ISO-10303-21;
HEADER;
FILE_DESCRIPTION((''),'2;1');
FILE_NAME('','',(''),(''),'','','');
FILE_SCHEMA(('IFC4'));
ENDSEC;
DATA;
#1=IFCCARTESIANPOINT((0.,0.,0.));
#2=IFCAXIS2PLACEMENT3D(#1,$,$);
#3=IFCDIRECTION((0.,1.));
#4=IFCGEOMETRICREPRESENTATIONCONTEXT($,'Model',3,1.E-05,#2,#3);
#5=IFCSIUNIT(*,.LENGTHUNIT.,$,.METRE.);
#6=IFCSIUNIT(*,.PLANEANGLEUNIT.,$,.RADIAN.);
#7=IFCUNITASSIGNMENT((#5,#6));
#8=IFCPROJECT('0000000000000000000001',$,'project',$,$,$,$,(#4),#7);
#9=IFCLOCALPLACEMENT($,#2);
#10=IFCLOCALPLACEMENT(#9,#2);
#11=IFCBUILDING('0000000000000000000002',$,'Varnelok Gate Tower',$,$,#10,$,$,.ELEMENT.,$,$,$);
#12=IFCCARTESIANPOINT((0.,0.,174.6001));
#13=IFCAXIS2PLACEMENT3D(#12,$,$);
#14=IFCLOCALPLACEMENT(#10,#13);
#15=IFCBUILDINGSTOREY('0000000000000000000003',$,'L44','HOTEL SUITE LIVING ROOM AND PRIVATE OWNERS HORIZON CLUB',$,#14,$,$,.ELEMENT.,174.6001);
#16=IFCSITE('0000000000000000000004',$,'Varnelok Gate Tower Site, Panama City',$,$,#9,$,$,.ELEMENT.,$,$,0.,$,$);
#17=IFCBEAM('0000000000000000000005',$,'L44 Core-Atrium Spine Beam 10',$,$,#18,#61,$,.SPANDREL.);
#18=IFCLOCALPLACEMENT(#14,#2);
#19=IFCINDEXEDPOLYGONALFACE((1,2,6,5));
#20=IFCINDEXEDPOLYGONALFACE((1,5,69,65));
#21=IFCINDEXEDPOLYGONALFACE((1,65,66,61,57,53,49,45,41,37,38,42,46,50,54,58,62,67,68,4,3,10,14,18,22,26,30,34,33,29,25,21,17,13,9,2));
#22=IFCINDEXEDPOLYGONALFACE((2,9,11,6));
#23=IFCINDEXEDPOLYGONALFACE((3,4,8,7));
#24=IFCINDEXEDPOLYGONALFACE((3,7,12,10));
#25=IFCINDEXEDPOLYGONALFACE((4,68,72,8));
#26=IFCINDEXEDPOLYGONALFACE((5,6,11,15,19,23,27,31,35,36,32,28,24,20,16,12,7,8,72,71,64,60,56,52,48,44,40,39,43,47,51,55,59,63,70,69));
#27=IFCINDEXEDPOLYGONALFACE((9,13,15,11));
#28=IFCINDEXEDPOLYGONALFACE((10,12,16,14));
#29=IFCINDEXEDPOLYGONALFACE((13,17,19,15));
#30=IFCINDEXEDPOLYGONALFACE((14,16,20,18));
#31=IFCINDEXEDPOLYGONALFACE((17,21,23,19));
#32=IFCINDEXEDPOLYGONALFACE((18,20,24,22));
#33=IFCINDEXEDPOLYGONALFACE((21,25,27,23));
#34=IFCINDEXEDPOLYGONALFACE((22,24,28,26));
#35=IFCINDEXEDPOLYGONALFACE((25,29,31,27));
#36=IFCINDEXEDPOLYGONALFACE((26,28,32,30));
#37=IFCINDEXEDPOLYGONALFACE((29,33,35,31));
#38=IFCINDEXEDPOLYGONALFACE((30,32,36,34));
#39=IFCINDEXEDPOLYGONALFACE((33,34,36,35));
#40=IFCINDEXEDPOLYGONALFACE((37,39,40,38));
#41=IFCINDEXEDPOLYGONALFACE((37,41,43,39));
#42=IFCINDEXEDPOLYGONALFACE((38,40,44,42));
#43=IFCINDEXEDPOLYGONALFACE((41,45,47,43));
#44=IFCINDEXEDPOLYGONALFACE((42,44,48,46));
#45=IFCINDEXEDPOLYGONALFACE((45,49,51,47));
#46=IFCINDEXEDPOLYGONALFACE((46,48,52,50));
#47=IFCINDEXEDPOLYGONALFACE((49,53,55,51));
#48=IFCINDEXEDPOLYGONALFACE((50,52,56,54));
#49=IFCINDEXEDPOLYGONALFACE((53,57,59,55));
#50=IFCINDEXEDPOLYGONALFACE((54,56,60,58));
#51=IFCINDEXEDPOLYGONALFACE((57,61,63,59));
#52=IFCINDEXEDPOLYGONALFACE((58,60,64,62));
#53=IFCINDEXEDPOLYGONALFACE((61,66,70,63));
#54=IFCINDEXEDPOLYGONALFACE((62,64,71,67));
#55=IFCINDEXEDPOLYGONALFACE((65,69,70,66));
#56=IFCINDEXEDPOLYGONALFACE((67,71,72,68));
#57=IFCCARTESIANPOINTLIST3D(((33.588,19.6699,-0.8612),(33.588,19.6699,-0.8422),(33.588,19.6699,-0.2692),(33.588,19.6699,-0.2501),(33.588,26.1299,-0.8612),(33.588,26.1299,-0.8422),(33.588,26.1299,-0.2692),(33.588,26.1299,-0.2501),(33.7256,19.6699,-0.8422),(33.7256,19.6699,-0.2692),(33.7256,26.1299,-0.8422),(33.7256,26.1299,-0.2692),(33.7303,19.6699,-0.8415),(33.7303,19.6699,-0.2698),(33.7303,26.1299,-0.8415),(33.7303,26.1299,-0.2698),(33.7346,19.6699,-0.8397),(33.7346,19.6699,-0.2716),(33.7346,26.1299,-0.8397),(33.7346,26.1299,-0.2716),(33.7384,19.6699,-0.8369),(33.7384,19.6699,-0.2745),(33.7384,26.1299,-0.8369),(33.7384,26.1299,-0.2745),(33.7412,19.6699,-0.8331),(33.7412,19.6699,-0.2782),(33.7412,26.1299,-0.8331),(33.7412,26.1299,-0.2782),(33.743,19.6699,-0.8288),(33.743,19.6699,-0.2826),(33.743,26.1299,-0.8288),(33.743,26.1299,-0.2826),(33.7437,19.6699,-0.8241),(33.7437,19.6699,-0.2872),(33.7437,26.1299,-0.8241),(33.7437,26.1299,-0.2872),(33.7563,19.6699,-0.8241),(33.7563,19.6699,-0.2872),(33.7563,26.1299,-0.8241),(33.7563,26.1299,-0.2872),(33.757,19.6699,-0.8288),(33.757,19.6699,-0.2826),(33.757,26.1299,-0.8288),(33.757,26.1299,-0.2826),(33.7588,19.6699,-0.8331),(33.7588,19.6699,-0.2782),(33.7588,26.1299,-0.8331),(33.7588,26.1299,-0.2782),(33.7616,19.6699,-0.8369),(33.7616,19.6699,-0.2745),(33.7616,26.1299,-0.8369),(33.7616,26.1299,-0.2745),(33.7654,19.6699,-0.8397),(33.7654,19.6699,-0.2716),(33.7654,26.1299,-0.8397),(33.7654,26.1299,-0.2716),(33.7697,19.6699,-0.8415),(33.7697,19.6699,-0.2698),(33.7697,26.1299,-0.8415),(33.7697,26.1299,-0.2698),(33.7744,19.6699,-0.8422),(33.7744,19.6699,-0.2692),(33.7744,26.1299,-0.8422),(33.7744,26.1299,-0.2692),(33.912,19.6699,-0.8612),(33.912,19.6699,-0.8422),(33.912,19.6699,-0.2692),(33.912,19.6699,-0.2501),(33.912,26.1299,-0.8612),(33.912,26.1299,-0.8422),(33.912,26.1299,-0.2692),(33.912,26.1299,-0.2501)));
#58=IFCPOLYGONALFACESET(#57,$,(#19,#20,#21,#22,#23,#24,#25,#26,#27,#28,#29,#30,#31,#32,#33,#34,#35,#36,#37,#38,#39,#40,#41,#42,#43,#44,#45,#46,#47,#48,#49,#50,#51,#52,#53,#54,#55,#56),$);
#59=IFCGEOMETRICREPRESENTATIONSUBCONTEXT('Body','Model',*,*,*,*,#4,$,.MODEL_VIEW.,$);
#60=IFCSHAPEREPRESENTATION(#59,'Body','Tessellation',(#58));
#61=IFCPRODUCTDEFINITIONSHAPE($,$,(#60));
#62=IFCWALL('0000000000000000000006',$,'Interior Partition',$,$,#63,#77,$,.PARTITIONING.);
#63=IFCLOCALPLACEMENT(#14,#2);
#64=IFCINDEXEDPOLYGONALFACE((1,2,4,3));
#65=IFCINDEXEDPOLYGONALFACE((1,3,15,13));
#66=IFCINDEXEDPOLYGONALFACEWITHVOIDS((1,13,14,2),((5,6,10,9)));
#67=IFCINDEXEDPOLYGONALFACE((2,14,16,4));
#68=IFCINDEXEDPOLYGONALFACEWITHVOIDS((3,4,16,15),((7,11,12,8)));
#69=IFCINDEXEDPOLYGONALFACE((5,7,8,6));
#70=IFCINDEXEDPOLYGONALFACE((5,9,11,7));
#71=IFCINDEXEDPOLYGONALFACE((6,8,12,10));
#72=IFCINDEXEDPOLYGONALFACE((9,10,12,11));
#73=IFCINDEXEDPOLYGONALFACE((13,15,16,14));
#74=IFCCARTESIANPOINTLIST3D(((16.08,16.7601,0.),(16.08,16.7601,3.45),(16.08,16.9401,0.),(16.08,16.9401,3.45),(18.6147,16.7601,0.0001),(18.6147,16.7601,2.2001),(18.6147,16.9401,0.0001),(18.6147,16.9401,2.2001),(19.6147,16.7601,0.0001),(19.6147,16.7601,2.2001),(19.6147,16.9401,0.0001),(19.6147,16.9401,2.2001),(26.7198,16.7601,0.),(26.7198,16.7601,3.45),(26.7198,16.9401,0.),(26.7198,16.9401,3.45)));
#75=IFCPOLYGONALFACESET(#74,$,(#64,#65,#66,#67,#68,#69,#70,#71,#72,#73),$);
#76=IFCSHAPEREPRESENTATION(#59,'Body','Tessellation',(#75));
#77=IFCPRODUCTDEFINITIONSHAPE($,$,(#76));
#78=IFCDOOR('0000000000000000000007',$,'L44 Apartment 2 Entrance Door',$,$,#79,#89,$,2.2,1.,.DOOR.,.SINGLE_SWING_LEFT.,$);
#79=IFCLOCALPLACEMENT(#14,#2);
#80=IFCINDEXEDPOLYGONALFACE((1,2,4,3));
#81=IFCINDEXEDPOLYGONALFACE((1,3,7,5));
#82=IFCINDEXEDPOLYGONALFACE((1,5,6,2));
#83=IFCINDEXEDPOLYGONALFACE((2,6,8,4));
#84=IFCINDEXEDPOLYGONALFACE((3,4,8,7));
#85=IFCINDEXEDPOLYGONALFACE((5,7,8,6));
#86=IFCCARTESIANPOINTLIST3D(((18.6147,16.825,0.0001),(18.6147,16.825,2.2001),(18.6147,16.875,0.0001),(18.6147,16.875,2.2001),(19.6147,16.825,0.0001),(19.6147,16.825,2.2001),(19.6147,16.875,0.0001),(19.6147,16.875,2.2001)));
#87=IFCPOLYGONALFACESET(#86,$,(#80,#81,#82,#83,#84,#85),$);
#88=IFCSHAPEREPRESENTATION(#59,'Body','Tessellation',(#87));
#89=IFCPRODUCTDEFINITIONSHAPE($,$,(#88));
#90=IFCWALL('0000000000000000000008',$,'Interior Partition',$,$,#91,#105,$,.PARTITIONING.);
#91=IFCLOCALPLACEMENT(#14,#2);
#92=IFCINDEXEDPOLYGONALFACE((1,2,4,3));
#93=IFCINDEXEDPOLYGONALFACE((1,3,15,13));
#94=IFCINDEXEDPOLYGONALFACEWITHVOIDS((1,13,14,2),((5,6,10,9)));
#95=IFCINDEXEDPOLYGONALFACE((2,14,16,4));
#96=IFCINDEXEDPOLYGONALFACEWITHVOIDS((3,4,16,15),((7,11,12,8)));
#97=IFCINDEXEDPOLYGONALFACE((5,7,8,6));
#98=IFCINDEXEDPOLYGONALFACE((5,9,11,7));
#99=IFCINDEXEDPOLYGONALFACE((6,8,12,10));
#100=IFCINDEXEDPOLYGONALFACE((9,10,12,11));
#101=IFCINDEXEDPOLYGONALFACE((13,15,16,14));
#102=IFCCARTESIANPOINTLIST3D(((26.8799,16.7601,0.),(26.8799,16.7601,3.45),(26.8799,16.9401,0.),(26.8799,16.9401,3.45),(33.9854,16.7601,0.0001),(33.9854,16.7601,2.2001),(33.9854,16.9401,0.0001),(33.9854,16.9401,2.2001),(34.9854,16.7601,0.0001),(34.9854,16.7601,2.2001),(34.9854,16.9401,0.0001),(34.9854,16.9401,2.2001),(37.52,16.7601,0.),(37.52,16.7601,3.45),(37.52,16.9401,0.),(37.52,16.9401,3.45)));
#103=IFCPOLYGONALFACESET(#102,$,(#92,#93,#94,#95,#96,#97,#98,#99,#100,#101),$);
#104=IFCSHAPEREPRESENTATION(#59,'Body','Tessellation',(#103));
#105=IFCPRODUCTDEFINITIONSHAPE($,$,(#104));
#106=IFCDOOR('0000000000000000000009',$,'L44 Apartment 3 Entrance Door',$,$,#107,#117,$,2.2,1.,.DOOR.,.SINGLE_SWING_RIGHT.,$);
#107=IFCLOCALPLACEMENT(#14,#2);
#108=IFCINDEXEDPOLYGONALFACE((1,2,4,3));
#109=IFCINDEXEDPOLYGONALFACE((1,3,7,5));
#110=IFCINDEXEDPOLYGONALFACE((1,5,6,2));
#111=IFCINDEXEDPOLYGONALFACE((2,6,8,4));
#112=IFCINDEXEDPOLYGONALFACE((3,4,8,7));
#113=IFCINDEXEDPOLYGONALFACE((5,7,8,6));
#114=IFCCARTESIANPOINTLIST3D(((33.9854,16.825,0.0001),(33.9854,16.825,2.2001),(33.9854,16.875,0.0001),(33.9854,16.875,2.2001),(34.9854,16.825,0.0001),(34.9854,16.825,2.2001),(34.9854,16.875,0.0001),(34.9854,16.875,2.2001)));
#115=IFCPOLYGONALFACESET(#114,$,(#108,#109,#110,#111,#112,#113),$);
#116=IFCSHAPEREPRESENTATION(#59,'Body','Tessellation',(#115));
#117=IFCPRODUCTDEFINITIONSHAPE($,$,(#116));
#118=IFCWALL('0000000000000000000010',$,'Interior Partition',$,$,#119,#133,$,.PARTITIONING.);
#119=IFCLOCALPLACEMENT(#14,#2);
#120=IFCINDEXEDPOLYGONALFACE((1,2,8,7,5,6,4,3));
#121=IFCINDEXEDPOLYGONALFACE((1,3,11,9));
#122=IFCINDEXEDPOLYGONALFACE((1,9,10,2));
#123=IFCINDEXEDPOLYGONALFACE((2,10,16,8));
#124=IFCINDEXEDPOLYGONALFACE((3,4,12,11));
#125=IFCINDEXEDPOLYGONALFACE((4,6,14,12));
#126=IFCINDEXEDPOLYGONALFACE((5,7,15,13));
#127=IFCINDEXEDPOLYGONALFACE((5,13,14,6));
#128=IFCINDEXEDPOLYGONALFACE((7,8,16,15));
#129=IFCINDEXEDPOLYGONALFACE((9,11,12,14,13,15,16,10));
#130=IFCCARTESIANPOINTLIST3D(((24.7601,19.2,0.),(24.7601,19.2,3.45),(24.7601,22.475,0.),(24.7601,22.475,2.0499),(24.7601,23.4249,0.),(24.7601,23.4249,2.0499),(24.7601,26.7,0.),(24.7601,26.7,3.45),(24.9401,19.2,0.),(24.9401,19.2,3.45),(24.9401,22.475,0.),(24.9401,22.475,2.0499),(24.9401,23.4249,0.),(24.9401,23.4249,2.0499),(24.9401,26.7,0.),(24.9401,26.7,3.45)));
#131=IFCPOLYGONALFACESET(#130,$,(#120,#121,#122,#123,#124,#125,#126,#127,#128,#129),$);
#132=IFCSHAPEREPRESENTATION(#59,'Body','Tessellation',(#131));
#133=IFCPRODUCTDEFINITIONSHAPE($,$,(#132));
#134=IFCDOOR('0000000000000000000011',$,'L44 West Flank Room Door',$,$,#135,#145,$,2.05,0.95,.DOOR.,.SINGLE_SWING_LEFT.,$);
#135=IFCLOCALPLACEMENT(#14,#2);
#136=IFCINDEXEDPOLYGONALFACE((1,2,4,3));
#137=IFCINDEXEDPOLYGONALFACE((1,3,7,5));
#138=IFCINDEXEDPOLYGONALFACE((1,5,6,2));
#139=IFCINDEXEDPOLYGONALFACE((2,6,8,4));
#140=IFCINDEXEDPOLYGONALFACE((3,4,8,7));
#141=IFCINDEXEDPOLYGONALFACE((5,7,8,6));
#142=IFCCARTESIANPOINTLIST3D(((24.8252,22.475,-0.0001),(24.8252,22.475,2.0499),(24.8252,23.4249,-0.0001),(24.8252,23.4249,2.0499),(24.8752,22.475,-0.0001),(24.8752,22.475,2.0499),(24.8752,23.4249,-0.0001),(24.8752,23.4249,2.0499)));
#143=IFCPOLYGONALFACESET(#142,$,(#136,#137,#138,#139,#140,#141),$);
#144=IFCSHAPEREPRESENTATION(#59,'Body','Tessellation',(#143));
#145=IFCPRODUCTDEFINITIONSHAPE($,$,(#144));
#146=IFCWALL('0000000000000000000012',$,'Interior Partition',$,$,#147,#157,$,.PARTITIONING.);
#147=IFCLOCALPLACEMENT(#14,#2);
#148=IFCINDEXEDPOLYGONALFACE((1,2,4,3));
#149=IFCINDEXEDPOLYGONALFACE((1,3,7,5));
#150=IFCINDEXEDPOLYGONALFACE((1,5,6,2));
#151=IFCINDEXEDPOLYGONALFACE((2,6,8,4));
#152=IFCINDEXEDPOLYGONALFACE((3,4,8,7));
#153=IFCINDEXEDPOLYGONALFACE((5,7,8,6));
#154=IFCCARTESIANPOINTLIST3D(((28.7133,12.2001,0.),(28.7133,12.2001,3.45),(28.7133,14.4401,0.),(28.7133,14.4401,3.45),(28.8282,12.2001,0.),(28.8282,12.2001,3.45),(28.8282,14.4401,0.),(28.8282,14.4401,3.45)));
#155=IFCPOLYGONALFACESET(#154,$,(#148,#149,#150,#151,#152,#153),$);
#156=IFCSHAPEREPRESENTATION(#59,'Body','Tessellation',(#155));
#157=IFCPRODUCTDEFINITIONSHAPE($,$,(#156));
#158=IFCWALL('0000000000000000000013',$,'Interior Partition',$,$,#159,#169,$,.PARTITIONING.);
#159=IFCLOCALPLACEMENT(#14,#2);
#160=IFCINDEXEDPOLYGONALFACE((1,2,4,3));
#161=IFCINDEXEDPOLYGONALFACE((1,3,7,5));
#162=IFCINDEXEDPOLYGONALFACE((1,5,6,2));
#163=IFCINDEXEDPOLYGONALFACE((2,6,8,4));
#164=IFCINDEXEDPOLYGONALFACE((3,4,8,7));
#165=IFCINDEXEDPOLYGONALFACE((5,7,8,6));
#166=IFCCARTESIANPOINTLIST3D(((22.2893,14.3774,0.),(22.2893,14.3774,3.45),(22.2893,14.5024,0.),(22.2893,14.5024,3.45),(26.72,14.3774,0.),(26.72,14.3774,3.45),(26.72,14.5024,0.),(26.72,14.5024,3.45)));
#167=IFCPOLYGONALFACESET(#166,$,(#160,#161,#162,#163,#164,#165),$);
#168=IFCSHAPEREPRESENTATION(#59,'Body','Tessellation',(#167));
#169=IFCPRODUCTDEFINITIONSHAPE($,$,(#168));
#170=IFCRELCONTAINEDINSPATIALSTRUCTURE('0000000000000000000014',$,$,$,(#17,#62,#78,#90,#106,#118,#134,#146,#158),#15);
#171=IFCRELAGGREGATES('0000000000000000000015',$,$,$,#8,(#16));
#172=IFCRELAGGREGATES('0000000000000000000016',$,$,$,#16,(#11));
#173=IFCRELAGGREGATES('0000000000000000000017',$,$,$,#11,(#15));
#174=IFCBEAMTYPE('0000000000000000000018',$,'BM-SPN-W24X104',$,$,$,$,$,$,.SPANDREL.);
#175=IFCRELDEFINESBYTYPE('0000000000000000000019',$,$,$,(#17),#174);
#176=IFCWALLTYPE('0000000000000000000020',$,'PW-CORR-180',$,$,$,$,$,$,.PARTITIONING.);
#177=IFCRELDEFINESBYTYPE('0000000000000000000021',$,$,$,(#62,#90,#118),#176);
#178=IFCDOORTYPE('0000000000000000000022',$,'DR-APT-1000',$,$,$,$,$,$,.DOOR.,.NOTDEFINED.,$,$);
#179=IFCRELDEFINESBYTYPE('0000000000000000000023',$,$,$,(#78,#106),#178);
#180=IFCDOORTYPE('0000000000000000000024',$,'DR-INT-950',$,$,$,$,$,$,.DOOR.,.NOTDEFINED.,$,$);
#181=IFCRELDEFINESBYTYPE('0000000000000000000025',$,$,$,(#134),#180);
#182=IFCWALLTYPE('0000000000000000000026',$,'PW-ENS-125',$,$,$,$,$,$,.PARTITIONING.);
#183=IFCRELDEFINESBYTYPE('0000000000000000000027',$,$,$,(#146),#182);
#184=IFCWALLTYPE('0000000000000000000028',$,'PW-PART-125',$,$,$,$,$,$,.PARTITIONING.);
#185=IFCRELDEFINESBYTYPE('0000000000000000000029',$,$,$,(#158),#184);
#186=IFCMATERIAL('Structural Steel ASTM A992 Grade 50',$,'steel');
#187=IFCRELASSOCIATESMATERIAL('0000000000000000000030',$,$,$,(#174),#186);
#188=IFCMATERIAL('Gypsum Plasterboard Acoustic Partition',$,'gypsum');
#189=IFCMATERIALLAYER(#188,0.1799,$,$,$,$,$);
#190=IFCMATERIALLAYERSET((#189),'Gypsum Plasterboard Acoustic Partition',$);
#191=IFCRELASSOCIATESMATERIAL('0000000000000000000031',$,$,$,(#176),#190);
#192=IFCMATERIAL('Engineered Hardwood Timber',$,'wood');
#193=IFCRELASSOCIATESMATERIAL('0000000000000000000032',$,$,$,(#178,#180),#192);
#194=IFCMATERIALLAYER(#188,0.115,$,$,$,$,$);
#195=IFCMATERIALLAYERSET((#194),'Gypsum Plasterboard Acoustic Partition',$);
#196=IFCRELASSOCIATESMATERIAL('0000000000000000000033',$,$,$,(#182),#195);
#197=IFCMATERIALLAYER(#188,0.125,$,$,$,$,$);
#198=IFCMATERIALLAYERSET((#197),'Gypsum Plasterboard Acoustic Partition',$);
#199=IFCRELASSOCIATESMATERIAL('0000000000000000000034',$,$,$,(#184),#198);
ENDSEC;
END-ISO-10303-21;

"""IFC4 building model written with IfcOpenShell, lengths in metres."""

from ifc_helpers import new_model, si_unit, direction, frame, frame_2d, origin, origin_2d, place, context, subcontext, project, spatial, rectangle, i_section, extrude, material, layer, layer_set, material_profile, profile_set, type_object, element, fill, save


model = new_model("IFC4")

# Units and contexts
model_context = context("Model", 3, precision=1e-05, world=origin(), true_north=direction((0.0, 1.0)))
body_context = subcontext(model_context, "Body", "Model", "MODEL_VIEW")
ifc_project = project(units=[si_unit("LENGTHUNIT", "METRE"), si_unit("PLANEANGLEUNIT", "RADIAN")], contexts=[model_context])

# Site, building, storey
site_placement = place(None, origin())
site = spatial("IfcSite", under=ifc_project, at=site_placement, Name="Varnelok Gate Tower Site, Panama City", CompositionType="ELEMENT", RefElevation=0.0)
building_placement = place(site_placement, origin())
building = spatial("IfcBuilding", under=site, at=building_placement, Name="Varnelok Gate Tower", CompositionType="ELEMENT")
storey_placement = place(building_placement, frame((0.0, 0.0, 174.6001)))
storey = spatial("IfcBuildingStorey", under=building, at=storey_placement, Name="L44", Description="HOTEL SUITE LIVING ROOM AND PRIVATE OWNERS HORIZON CLUB", CompositionType="ELEMENT", Elevation=174.6001)

# Shared definitions
ifc_material_1 = material(Name="Structural Steel ASTM A992 Grade 50", Category="steel")

# Beam
ifc_material_profile_1 = material_profile(ifc_material_1, i_section(OverallWidth=0.324, OverallDepth=0.6111, WebThickness=0.0127, FlangeThickness=0.019, FilletRadius=0.0181, at=origin_2d()), Name="W24X104")
ifc_profile_set_1 = profile_set([ifc_material_profile_1], Name="Structural Steel ASTM A992 Grade 50")
beam_type_1 = type_object("IfcBeamType", Name="BM-SPN-W24X104", PredefinedType="SPANDREL", material=ifc_profile_set_1)
beam_1_placement = place(storey_placement, frame((33.75, 19.6699, -0.5557), z_axis=(0.0, 1.0, 0.0), x_axis=(-1.0, 0.0, 0.0)))
element("IfcBeam", 1, at=beam_1_placement, inside=storey, type_object=beam_type_1, Name="L44 Core-Atrium Spine Beam 10", PredefinedType="SPANDREL", context=body_context, shape_type="SweptSolid", body=[
    extrude(i_section(OverallWidth=0.324, OverallDepth=0.6111, WebThickness=0.0127, FlangeThickness=0.019, FilletRadius=0.0181, at=origin_2d()), origin(), (0.0, 0.0, 1.0), 6.46),
])

# Walls, openings, doors
ifc_material_2 = material(Name="Gypsum Plasterboard Acoustic Partition", Category="gypsum")
ifc_layer_1 = layer(ifc_material_2, 0.1799)
ifc_layer_set_1 = layer_set([ifc_layer_1], Name="Gypsum Plasterboard Acoustic Partition")
wall_type_1 = type_object("IfcWallType", Name="PW-CORR-180", PredefinedType="PARTITIONING", material=ifc_layer_set_1)
wall_1_placement = place(storey_placement, frame((16.0801, 16.8501, 0.0), z_axis=(0.0, 0.0, 1.0), x_axis=(1.0, 0.0, 0.0)))
wall_1 = element("IfcWall", 2, at=wall_1_placement, inside=storey, type_object=wall_type_1, Name="Interior Partition", PredefinedType="PARTITIONING", context=body_context, shape_type="SweptSolid", body=[
    extrude(rectangle(XDim=10.6399, YDim=0.1799, at=frame_2d((5.3198, 0.0))), origin(), (0.0, 0.0, 1.0), 3.45),
])
opening_1_placement = place(wall_1_placement, frame((2.5347, 0.0, 0.0)))
opening_1 = element("IfcOpeningElement", 3, at=opening_1_placement, cuts=wall_1, PredefinedType="OPENING", context=body_context, shape_type="SweptSolid", body=[
    extrude(rectangle(XDim=1.0, YDim=2.2, at=frame_2d((0.5, 1.1001))), frame((0.0, 0.0999, 0.0), z_axis=(0.0, -1.0, 0.0), x_axis=(1.0, 0.0, 0.0)), (0.0, 0.0, 1.0), 0.2),
])
ifc_material_3 = material(Name="Engineered Hardwood Timber", Category="wood")
door_type_1 = type_object("IfcDoorType", Name="DR-APT-1000", OperationType="NOTDEFINED", PredefinedType="DOOR", material=ifc_material_3)
door_1_placement = place(opening_1_placement, origin())
door_1 = element("IfcDoor", 4, at=door_1_placement, inside=storey, type_object=door_type_1, Name="L44 Apartment 2 Entrance Door", OperationType="SINGLE_SWING_LEFT", OverallHeight=2.2, OverallWidth=1.0, PredefinedType="DOOR", context=body_context, shape_type="SweptSolid", body=[
    extrude(rectangle(XDim=1.0, YDim=2.2, at=frame_2d((0.5, 1.1001))), frame((0.0, 0.0249, 0.0), z_axis=(0.0, -1.0, 0.0), x_axis=(1.0, 0.0, 0.0)), (0.0, 0.0, 1.0), 0.05),
])
fill(opening_1, door_1)
wall_2_placement = place(storey_placement, frame((26.8799, 16.8501, 0.0), z_axis=(0.0, 0.0, 1.0), x_axis=(1.0, 0.0, 0.0)))
wall_2 = element("IfcWall", 5, at=wall_2_placement, inside=storey, type_object=wall_type_1, Name="Interior Partition", PredefinedType="PARTITIONING", context=body_context, shape_type="SweptSolid", body=[
    extrude(rectangle(XDim=10.6401, YDim=0.1799, at=frame_2d((5.3201, 0.0))), origin(), (0.0, 0.0, 1.0), 3.45),
])
opening_2_placement = place(wall_2_placement, frame((7.1055, 0.0, 0.0)))
opening_2 = element("IfcOpeningElement", 6, at=opening_2_placement, cuts=wall_2, PredefinedType="OPENING", context=body_context, shape_type="SweptSolid", body=[
    extrude(rectangle(XDim=1.0, YDim=2.2, at=frame_2d((0.5, 1.1001))), frame((0.0, 0.0999, 0.0), z_axis=(0.0, -1.0, 0.0), x_axis=(1.0, 0.0, 0.0)), (0.0, 0.0, 1.0), 0.2),
])
door_2_placement = place(opening_2_placement, origin())
door_2 = element("IfcDoor", 7, at=door_2_placement, inside=storey, type_object=door_type_1, Name="L44 Apartment 3 Entrance Door", OperationType="SINGLE_SWING_RIGHT", OverallHeight=2.2, OverallWidth=1.0, PredefinedType="DOOR", context=body_context, shape_type="SweptSolid", body=[
    extrude(rectangle(XDim=1.0, YDim=2.2, at=frame_2d((0.5, 1.1001))), frame((0.0, 0.0249, 0.0), z_axis=(0.0, -1.0, 0.0), x_axis=(1.0, 0.0, 0.0)), (0.0, 0.0, 1.0), 0.05),
])
fill(opening_2, door_2)
wall_3_placement = place(storey_placement, frame((24.8501, 19.2, 0.0), z_axis=(0.0, 0.0, 1.0), x_axis=(0.0, 1.0, 0.0)))
wall_3 = element("IfcWall", 8, at=wall_3_placement, inside=storey, type_object=wall_type_1, Name="Interior Partition", PredefinedType="PARTITIONING", context=body_context, shape_type="SweptSolid", body=[
    extrude(rectangle(XDim=7.5, YDim=0.1799, at=frame_2d((3.75, 0.0))), origin(), (0.0, 0.0, 1.0), 3.45),
])
opening_3_placement = place(wall_3_placement, frame((3.2749, 0.0, 0.0)))
opening_3 = element("IfcOpeningElement", 9, at=opening_3_placement, cuts=wall_3, PredefinedType="OPENING", context=body_context, shape_type="SweptSolid", body=[
    extrude(rectangle(XDim=0.95, YDim=2.05, at=frame_2d((0.4751, 1.0249))), frame((0.0, 0.0999, 0.0), z_axis=(0.0, -1.0, 0.0), x_axis=(1.0, 0.0, 0.0)), (0.0, 0.0, 1.0), 0.2),
])
door_type_2 = type_object("IfcDoorType", Name="DR-INT-950", OperationType="NOTDEFINED", PredefinedType="DOOR", material=ifc_material_3)
door_3_placement = place(opening_3_placement, origin())
door_3 = element("IfcDoor", 10, at=door_3_placement, inside=storey, type_object=door_type_2, Name="L44 West Flank Room Door", OperationType="SINGLE_SWING_LEFT", OverallHeight=2.05, OverallWidth=0.95, PredefinedType="DOOR", context=body_context, shape_type="SweptSolid", body=[
    extrude(rectangle(XDim=0.95, YDim=2.05, at=frame_2d((0.4751, 1.0249))), frame((0.0, 0.0249, 0.0), z_axis=(0.0, -1.0, 0.0), x_axis=(1.0, 0.0, 0.0)), (0.0, 0.0, 1.0), 0.05),
])
fill(opening_3, door_3)

# Walls
ifc_layer_2 = layer(ifc_material_2, 0.115)
ifc_layer_set_2 = layer_set([ifc_layer_2], Name="Gypsum Plasterboard Acoustic Partition")
wall_type_2 = type_object("IfcWallType", Name="PW-ENS-125", PredefinedType="PARTITIONING", material=ifc_layer_set_2)
wall_4_placement = place(storey_placement, frame((28.7708, 12.2, 0.0), z_axis=(0.0, 0.0, 1.0), x_axis=(0.0, 1.0, 0.0)))
element("IfcWall", 11, at=wall_4_placement, inside=storey, type_object=wall_type_2, Name="Interior Partition", PredefinedType="PARTITIONING", context=body_context, shape_type="SweptSolid", body=[
    extrude(rectangle(XDim=2.24, YDim=0.115, at=frame_2d((1.1201, 0.0))), origin(), (0.0, 0.0, 1.0), 3.45),
])
ifc_layer_3 = layer(ifc_material_2, 0.125)
ifc_layer_set_3 = layer_set([ifc_layer_3], Name="Gypsum Plasterboard Acoustic Partition")
wall_type_3 = type_object("IfcWallType", Name="PW-PART-125", PredefinedType="PARTITIONING", material=ifc_layer_set_3)
wall_5_placement = place(storey_placement, frame((22.2893, 14.4399, 0.0), z_axis=(0.0, 0.0, 1.0), x_axis=(1.0, 0.0, 0.0)))
element("IfcWall", 12, at=wall_5_placement, inside=storey, type_object=wall_type_3, Name="Interior Partition", PredefinedType="PARTITIONING", context=body_context, shape_type="SweptSolid", body=[
    extrude(rectangle(XDim=4.4307, YDim=0.125, at=frame_2d((2.2153, 0.0))), origin(), (0.0, 0.0, 1.0), 3.45),
])

save(model, "model.ifc")
